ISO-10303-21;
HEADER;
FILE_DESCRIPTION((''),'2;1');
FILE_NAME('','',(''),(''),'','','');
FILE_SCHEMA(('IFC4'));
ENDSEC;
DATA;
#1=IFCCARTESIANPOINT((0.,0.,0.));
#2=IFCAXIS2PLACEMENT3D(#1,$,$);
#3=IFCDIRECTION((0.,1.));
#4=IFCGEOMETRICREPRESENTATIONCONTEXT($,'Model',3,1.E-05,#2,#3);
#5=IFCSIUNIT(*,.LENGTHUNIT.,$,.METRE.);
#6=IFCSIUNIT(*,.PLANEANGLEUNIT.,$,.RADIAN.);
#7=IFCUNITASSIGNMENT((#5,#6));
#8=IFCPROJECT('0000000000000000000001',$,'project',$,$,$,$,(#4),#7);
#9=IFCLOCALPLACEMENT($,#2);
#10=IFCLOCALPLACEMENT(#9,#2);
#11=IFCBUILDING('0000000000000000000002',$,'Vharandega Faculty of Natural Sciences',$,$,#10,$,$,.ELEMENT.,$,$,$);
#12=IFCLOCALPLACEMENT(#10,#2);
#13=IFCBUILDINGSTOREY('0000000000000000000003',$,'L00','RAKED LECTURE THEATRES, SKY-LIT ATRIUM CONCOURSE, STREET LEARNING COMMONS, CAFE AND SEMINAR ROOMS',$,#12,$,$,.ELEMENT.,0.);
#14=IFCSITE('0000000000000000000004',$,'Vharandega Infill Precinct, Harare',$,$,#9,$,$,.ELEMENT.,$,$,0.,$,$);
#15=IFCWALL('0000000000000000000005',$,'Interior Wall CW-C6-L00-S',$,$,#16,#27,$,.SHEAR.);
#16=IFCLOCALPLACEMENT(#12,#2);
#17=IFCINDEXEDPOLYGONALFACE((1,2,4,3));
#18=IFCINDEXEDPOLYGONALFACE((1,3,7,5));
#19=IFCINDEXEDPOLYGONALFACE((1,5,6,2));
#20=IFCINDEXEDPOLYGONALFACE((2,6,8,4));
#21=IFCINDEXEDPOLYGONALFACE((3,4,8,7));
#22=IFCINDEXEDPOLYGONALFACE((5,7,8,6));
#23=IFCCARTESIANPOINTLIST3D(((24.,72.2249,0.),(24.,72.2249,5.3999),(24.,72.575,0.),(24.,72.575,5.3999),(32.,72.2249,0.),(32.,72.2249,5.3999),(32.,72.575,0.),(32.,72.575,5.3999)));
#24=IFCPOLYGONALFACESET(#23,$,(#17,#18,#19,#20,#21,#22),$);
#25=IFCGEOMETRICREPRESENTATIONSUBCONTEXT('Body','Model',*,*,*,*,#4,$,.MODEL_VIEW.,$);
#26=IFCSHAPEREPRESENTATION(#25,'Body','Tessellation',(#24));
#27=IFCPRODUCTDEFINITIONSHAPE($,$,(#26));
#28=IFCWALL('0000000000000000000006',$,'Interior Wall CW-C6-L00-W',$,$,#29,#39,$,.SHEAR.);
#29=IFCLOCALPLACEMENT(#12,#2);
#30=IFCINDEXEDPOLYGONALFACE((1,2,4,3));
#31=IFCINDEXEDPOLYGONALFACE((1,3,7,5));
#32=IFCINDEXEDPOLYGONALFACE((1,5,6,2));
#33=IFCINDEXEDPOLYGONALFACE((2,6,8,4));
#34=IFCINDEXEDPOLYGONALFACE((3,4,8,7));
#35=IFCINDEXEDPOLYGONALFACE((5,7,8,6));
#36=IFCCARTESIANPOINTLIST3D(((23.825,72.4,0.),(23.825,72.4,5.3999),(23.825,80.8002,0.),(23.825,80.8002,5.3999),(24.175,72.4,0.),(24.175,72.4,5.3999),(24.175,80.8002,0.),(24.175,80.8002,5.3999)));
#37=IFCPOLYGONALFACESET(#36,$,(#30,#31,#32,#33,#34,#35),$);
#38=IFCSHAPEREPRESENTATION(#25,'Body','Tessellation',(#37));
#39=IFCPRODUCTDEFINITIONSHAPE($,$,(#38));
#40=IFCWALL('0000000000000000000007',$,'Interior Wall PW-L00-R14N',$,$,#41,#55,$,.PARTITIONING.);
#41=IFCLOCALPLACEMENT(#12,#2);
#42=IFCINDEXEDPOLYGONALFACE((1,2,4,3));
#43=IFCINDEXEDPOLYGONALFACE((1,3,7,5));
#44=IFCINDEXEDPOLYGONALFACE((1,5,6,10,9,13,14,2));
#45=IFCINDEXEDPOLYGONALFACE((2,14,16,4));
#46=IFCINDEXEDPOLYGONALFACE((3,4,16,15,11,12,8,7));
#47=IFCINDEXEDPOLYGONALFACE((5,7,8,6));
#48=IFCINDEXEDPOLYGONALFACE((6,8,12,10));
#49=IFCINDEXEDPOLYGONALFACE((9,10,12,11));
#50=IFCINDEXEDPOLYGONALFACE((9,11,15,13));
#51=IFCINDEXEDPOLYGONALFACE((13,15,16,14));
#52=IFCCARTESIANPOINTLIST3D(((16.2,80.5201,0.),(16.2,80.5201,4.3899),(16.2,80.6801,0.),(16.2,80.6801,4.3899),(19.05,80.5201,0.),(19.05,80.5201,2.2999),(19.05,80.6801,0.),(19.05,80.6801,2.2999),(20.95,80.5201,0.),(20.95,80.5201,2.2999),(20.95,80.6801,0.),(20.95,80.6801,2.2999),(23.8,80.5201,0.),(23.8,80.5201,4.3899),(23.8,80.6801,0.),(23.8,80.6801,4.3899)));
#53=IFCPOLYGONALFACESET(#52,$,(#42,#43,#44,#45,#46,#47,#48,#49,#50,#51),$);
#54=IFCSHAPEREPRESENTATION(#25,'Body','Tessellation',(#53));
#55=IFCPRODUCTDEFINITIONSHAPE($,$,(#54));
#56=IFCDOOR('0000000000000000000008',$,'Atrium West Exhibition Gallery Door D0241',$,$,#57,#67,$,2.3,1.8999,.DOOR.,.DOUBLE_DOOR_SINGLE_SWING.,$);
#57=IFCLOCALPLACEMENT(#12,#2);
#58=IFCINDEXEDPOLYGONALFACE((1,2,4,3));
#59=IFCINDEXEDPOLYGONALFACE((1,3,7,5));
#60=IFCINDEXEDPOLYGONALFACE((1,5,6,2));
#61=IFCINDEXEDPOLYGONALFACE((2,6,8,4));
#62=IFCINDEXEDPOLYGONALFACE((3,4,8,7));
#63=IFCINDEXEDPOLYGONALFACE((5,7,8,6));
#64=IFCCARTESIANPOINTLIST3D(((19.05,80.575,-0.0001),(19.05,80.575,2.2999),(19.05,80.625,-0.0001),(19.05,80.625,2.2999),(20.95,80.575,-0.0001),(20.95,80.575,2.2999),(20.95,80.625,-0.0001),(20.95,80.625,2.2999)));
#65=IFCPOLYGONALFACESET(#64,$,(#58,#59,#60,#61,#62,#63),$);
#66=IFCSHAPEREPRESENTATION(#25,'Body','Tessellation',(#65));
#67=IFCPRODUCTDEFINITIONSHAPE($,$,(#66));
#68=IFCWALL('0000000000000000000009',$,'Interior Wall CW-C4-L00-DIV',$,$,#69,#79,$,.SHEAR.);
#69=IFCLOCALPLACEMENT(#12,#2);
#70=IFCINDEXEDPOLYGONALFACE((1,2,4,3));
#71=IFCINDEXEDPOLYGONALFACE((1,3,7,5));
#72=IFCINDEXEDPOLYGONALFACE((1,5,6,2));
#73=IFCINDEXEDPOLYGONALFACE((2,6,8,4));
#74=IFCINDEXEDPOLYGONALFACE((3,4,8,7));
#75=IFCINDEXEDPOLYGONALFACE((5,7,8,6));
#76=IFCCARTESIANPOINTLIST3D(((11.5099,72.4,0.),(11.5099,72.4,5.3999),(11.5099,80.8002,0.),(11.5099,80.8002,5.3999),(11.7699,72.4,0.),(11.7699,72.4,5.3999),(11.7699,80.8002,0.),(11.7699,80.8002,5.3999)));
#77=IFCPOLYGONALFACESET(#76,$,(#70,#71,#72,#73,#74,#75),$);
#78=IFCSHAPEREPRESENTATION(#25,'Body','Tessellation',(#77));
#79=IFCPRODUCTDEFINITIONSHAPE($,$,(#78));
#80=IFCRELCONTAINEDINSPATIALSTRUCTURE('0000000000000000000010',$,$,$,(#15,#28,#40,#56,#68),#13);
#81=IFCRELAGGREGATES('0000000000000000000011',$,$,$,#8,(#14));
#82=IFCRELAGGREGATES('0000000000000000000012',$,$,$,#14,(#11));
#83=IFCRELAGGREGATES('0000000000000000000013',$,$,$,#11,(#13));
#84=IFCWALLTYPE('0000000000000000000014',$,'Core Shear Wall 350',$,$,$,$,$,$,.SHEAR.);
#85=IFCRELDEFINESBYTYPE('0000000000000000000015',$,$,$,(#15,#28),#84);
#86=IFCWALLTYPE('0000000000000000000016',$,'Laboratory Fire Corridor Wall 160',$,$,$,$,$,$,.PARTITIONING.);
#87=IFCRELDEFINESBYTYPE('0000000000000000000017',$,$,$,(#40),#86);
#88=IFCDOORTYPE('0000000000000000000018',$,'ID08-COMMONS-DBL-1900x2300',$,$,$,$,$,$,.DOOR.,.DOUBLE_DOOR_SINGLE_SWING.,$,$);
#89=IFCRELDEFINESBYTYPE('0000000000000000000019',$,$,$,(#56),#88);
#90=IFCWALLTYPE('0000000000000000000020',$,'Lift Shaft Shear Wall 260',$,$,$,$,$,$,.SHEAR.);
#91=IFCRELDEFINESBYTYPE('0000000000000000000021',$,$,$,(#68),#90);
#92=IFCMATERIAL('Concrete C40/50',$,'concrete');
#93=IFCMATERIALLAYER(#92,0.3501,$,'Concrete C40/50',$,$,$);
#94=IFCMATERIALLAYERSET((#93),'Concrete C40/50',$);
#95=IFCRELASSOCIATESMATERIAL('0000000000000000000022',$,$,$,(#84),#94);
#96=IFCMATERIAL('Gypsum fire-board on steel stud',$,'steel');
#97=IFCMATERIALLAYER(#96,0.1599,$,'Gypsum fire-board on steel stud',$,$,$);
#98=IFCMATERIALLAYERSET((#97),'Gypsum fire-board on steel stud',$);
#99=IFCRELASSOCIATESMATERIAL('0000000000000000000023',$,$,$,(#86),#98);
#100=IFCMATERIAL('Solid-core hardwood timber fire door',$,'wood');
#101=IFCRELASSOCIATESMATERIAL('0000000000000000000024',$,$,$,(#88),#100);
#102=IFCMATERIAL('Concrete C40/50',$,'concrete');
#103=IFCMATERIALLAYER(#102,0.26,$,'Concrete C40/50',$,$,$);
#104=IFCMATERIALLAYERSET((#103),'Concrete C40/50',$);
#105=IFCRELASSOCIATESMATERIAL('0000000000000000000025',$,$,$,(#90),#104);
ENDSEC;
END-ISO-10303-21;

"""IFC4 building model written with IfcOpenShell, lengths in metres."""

from ifc_helpers import new_model, si_unit, direction, frame, frame_2d, origin, place, context, subcontext, project, spatial, rectangle, extrude, material, layer, layer_set, type_object, element, fill, save


model = new_model("IFC4")

# Units and contexts
model_context = context("Model", 3, precision=1e-05, world=origin(), true_north=direction((0.0, 1.0)))
body_context = subcontext(model_context, "Body", "Model", "MODEL_VIEW")
ifc_project = project(units=[si_unit("LENGTHUNIT", "METRE"), si_unit("PLANEANGLEUNIT", "RADIAN")], contexts=[model_context])

# Site, building, storey
site_placement = place(None, origin())
site = spatial("IfcSite", under=ifc_project, at=site_placement, Name="Vharandega Infill Precinct, Harare", CompositionType="ELEMENT", RefElevation=0.0)
building_placement = place(site_placement, origin())
building = spatial("IfcBuilding", under=site, at=building_placement, Name="Vharandega Faculty of Natural Sciences", CompositionType="ELEMENT")
storey_placement = place(building_placement, origin())
storey = spatial("IfcBuildingStorey", under=building, at=storey_placement, Name="L00", Description="RAKED LECTURE THEATRES, SKY-LIT ATRIUM CONCOURSE, STREET LEARNING COMMONS, CAFE AND SEMINAR ROOMS", CompositionType="ELEMENT", Elevation=0.0)

# Walls
ifc_material_1 = material(Name="Concrete C40/50", Category="concrete")
ifc_layer_1 = layer(ifc_material_1, 0.3501, Name="Concrete C40/50")
ifc_layer_set_1 = layer_set([ifc_layer_1], Name="Concrete C40/50")
wall_type_1 = type_object("IfcWallType", Name="Core Shear Wall 350", PredefinedType="SHEAR", material=ifc_layer_set_1)
wall_1_placement = place(storey_placement, frame((24.0, 72.3999, 0.0), z_axis=(0.0, 0.0, 1.0), x_axis=(1.0, 0.0, 0.0)))
element("IfcWall", 1, at=wall_1_placement, inside=storey, type_object=wall_type_1, Name="Interior Wall CW-C6-L00-S", PredefinedType="SHEAR", context=body_context, shape_type="SweptSolid", body=[
    extrude(rectangle(XDim=8.0, YDim=0.3501, at=frame_2d((4.0, 0.0))), origin(), (0.0, 0.0, 1.0), 5.3999),
])
wall_2_placement = place(storey_placement, frame((24.0, 72.3999, 0.0), z_axis=(0.0, 0.0, 1.0), x_axis=(0.0, 1.0, 0.0)))
element("IfcWall", 2, at=wall_2_placement, inside=storey, type_object=wall_type_1, Name="Interior Wall CW-C6-L00-W", PredefinedType="SHEAR", context=body_context, shape_type="SweptSolid", body=[
    extrude(rectangle(XDim=8.4001, YDim=0.3501, at=frame_2d((4.2002, 0.0))), origin(), (0.0, 0.0, 1.0), 5.3999),
])

# Wall, opening, door
ifc_material_2 = material(Name="Gypsum fire-board on steel stud", Category="steel")
ifc_layer_2 = layer(ifc_material_2, 0.1599, Name="Gypsum fire-board on steel stud")
ifc_layer_set_2 = layer_set([ifc_layer_2], Name="Gypsum fire-board on steel stud")
wall_type_2 = type_object("IfcWallType", Name="Laboratory Fire Corridor Wall 160", PredefinedType="PARTITIONING", material=ifc_layer_set_2)
wall_3_placement = place(storey_placement, frame((16.2, 80.6001, 0.0), z_axis=(0.0, 0.0, 1.0), x_axis=(1.0, 0.0, 0.0)))
wall_3 = element("IfcWall", 3, at=wall_3_placement, inside=storey, type_object=wall_type_2, Name="Interior Wall PW-L00-R14N", PredefinedType="PARTITIONING", context=body_context, shape_type="SweptSolid", body=[
    extrude(rectangle(XDim=7.6001, YDim=0.1599, at=frame_2d((3.8, 0.0))), origin(), (0.0, 0.0, 1.0), 4.3899),
])
opening_1_placement = place(wall_3_placement, frame((2.8501, 0.0, 0.0)))
opening_1 = element("IfcOpeningElement", 4, at=opening_1_placement, cuts=wall_3, PredefinedType="OPENING", context=body_context, shape_type="SweptSolid", body=[
    extrude(rectangle(XDim=1.8999, YDim=2.3, at=frame_2d((0.95, 1.1499))), frame((0.0, 0.0898, 0.0), z_axis=(0.0, -1.0, 0.0), x_axis=(1.0, 0.0, 0.0)), (0.0, 0.0, 1.0), 0.1799),
])
ifc_material_3 = material(Name="Solid-core hardwood timber fire door", Category="wood")
door_type_1 = type_object("IfcDoorType", Name="ID08-COMMONS-DBL-1900x2300", OperationType="DOUBLE_DOOR_SINGLE_SWING", PredefinedType="DOOR", material=ifc_material_3)
door_1_placement = place(opening_1_placement, origin())
door_1 = element("IfcDoor", 5, at=door_1_placement, inside=storey, type_object=door_type_1, Name="Atrium West Exhibition Gallery Door D0241", OperationType="DOUBLE_DOOR_SINGLE_SWING", OverallHeight=2.3, OverallWidth=1.8999, PredefinedType="DOOR", context=body_context, shape_type="SweptSolid", body=[
    extrude(rectangle(XDim=1.8999, YDim=2.3, at=frame_2d((0.95, 1.1499))), frame((0.0, 0.0249, 0.0), z_axis=(0.0, -1.0, 0.0), x_axis=(1.0, 0.0, 0.0)), (0.0, 0.0, 1.0), 0.05),
])
fill(opening_1, door_1)

# Wall
ifc_material_4 = material(Name="Concrete C40/50", Category="concrete")
ifc_layer_3 = layer(ifc_material_4, 0.26, Name="Concrete C40/50")
ifc_layer_set_3 = layer_set([ifc_layer_3], Name="Concrete C40/50")
wall_type_3 = type_object("IfcWallType", Name="Lift Shaft Shear Wall 260", PredefinedType="SHEAR", material=ifc_layer_set_3)
wall_4_placement = place(storey_placement, frame((11.6399, 72.3999, 0.0), z_axis=(0.0, 0.0, 1.0), x_axis=(0.0, 1.0, 0.0)))
element("IfcWall", 6, at=wall_4_placement, inside=storey, type_object=wall_type_3, Name="Interior Wall CW-C4-L00-DIV", PredefinedType="SHEAR", context=body_context, shape_type="SweptSolid", body=[
    extrude(rectangle(XDim=8.4001, YDim=0.26, at=frame_2d((4.2002, 0.0))), origin(), (0.0, 0.0, 1.0), 5.3999),
])

save(model, "model.ifc")
